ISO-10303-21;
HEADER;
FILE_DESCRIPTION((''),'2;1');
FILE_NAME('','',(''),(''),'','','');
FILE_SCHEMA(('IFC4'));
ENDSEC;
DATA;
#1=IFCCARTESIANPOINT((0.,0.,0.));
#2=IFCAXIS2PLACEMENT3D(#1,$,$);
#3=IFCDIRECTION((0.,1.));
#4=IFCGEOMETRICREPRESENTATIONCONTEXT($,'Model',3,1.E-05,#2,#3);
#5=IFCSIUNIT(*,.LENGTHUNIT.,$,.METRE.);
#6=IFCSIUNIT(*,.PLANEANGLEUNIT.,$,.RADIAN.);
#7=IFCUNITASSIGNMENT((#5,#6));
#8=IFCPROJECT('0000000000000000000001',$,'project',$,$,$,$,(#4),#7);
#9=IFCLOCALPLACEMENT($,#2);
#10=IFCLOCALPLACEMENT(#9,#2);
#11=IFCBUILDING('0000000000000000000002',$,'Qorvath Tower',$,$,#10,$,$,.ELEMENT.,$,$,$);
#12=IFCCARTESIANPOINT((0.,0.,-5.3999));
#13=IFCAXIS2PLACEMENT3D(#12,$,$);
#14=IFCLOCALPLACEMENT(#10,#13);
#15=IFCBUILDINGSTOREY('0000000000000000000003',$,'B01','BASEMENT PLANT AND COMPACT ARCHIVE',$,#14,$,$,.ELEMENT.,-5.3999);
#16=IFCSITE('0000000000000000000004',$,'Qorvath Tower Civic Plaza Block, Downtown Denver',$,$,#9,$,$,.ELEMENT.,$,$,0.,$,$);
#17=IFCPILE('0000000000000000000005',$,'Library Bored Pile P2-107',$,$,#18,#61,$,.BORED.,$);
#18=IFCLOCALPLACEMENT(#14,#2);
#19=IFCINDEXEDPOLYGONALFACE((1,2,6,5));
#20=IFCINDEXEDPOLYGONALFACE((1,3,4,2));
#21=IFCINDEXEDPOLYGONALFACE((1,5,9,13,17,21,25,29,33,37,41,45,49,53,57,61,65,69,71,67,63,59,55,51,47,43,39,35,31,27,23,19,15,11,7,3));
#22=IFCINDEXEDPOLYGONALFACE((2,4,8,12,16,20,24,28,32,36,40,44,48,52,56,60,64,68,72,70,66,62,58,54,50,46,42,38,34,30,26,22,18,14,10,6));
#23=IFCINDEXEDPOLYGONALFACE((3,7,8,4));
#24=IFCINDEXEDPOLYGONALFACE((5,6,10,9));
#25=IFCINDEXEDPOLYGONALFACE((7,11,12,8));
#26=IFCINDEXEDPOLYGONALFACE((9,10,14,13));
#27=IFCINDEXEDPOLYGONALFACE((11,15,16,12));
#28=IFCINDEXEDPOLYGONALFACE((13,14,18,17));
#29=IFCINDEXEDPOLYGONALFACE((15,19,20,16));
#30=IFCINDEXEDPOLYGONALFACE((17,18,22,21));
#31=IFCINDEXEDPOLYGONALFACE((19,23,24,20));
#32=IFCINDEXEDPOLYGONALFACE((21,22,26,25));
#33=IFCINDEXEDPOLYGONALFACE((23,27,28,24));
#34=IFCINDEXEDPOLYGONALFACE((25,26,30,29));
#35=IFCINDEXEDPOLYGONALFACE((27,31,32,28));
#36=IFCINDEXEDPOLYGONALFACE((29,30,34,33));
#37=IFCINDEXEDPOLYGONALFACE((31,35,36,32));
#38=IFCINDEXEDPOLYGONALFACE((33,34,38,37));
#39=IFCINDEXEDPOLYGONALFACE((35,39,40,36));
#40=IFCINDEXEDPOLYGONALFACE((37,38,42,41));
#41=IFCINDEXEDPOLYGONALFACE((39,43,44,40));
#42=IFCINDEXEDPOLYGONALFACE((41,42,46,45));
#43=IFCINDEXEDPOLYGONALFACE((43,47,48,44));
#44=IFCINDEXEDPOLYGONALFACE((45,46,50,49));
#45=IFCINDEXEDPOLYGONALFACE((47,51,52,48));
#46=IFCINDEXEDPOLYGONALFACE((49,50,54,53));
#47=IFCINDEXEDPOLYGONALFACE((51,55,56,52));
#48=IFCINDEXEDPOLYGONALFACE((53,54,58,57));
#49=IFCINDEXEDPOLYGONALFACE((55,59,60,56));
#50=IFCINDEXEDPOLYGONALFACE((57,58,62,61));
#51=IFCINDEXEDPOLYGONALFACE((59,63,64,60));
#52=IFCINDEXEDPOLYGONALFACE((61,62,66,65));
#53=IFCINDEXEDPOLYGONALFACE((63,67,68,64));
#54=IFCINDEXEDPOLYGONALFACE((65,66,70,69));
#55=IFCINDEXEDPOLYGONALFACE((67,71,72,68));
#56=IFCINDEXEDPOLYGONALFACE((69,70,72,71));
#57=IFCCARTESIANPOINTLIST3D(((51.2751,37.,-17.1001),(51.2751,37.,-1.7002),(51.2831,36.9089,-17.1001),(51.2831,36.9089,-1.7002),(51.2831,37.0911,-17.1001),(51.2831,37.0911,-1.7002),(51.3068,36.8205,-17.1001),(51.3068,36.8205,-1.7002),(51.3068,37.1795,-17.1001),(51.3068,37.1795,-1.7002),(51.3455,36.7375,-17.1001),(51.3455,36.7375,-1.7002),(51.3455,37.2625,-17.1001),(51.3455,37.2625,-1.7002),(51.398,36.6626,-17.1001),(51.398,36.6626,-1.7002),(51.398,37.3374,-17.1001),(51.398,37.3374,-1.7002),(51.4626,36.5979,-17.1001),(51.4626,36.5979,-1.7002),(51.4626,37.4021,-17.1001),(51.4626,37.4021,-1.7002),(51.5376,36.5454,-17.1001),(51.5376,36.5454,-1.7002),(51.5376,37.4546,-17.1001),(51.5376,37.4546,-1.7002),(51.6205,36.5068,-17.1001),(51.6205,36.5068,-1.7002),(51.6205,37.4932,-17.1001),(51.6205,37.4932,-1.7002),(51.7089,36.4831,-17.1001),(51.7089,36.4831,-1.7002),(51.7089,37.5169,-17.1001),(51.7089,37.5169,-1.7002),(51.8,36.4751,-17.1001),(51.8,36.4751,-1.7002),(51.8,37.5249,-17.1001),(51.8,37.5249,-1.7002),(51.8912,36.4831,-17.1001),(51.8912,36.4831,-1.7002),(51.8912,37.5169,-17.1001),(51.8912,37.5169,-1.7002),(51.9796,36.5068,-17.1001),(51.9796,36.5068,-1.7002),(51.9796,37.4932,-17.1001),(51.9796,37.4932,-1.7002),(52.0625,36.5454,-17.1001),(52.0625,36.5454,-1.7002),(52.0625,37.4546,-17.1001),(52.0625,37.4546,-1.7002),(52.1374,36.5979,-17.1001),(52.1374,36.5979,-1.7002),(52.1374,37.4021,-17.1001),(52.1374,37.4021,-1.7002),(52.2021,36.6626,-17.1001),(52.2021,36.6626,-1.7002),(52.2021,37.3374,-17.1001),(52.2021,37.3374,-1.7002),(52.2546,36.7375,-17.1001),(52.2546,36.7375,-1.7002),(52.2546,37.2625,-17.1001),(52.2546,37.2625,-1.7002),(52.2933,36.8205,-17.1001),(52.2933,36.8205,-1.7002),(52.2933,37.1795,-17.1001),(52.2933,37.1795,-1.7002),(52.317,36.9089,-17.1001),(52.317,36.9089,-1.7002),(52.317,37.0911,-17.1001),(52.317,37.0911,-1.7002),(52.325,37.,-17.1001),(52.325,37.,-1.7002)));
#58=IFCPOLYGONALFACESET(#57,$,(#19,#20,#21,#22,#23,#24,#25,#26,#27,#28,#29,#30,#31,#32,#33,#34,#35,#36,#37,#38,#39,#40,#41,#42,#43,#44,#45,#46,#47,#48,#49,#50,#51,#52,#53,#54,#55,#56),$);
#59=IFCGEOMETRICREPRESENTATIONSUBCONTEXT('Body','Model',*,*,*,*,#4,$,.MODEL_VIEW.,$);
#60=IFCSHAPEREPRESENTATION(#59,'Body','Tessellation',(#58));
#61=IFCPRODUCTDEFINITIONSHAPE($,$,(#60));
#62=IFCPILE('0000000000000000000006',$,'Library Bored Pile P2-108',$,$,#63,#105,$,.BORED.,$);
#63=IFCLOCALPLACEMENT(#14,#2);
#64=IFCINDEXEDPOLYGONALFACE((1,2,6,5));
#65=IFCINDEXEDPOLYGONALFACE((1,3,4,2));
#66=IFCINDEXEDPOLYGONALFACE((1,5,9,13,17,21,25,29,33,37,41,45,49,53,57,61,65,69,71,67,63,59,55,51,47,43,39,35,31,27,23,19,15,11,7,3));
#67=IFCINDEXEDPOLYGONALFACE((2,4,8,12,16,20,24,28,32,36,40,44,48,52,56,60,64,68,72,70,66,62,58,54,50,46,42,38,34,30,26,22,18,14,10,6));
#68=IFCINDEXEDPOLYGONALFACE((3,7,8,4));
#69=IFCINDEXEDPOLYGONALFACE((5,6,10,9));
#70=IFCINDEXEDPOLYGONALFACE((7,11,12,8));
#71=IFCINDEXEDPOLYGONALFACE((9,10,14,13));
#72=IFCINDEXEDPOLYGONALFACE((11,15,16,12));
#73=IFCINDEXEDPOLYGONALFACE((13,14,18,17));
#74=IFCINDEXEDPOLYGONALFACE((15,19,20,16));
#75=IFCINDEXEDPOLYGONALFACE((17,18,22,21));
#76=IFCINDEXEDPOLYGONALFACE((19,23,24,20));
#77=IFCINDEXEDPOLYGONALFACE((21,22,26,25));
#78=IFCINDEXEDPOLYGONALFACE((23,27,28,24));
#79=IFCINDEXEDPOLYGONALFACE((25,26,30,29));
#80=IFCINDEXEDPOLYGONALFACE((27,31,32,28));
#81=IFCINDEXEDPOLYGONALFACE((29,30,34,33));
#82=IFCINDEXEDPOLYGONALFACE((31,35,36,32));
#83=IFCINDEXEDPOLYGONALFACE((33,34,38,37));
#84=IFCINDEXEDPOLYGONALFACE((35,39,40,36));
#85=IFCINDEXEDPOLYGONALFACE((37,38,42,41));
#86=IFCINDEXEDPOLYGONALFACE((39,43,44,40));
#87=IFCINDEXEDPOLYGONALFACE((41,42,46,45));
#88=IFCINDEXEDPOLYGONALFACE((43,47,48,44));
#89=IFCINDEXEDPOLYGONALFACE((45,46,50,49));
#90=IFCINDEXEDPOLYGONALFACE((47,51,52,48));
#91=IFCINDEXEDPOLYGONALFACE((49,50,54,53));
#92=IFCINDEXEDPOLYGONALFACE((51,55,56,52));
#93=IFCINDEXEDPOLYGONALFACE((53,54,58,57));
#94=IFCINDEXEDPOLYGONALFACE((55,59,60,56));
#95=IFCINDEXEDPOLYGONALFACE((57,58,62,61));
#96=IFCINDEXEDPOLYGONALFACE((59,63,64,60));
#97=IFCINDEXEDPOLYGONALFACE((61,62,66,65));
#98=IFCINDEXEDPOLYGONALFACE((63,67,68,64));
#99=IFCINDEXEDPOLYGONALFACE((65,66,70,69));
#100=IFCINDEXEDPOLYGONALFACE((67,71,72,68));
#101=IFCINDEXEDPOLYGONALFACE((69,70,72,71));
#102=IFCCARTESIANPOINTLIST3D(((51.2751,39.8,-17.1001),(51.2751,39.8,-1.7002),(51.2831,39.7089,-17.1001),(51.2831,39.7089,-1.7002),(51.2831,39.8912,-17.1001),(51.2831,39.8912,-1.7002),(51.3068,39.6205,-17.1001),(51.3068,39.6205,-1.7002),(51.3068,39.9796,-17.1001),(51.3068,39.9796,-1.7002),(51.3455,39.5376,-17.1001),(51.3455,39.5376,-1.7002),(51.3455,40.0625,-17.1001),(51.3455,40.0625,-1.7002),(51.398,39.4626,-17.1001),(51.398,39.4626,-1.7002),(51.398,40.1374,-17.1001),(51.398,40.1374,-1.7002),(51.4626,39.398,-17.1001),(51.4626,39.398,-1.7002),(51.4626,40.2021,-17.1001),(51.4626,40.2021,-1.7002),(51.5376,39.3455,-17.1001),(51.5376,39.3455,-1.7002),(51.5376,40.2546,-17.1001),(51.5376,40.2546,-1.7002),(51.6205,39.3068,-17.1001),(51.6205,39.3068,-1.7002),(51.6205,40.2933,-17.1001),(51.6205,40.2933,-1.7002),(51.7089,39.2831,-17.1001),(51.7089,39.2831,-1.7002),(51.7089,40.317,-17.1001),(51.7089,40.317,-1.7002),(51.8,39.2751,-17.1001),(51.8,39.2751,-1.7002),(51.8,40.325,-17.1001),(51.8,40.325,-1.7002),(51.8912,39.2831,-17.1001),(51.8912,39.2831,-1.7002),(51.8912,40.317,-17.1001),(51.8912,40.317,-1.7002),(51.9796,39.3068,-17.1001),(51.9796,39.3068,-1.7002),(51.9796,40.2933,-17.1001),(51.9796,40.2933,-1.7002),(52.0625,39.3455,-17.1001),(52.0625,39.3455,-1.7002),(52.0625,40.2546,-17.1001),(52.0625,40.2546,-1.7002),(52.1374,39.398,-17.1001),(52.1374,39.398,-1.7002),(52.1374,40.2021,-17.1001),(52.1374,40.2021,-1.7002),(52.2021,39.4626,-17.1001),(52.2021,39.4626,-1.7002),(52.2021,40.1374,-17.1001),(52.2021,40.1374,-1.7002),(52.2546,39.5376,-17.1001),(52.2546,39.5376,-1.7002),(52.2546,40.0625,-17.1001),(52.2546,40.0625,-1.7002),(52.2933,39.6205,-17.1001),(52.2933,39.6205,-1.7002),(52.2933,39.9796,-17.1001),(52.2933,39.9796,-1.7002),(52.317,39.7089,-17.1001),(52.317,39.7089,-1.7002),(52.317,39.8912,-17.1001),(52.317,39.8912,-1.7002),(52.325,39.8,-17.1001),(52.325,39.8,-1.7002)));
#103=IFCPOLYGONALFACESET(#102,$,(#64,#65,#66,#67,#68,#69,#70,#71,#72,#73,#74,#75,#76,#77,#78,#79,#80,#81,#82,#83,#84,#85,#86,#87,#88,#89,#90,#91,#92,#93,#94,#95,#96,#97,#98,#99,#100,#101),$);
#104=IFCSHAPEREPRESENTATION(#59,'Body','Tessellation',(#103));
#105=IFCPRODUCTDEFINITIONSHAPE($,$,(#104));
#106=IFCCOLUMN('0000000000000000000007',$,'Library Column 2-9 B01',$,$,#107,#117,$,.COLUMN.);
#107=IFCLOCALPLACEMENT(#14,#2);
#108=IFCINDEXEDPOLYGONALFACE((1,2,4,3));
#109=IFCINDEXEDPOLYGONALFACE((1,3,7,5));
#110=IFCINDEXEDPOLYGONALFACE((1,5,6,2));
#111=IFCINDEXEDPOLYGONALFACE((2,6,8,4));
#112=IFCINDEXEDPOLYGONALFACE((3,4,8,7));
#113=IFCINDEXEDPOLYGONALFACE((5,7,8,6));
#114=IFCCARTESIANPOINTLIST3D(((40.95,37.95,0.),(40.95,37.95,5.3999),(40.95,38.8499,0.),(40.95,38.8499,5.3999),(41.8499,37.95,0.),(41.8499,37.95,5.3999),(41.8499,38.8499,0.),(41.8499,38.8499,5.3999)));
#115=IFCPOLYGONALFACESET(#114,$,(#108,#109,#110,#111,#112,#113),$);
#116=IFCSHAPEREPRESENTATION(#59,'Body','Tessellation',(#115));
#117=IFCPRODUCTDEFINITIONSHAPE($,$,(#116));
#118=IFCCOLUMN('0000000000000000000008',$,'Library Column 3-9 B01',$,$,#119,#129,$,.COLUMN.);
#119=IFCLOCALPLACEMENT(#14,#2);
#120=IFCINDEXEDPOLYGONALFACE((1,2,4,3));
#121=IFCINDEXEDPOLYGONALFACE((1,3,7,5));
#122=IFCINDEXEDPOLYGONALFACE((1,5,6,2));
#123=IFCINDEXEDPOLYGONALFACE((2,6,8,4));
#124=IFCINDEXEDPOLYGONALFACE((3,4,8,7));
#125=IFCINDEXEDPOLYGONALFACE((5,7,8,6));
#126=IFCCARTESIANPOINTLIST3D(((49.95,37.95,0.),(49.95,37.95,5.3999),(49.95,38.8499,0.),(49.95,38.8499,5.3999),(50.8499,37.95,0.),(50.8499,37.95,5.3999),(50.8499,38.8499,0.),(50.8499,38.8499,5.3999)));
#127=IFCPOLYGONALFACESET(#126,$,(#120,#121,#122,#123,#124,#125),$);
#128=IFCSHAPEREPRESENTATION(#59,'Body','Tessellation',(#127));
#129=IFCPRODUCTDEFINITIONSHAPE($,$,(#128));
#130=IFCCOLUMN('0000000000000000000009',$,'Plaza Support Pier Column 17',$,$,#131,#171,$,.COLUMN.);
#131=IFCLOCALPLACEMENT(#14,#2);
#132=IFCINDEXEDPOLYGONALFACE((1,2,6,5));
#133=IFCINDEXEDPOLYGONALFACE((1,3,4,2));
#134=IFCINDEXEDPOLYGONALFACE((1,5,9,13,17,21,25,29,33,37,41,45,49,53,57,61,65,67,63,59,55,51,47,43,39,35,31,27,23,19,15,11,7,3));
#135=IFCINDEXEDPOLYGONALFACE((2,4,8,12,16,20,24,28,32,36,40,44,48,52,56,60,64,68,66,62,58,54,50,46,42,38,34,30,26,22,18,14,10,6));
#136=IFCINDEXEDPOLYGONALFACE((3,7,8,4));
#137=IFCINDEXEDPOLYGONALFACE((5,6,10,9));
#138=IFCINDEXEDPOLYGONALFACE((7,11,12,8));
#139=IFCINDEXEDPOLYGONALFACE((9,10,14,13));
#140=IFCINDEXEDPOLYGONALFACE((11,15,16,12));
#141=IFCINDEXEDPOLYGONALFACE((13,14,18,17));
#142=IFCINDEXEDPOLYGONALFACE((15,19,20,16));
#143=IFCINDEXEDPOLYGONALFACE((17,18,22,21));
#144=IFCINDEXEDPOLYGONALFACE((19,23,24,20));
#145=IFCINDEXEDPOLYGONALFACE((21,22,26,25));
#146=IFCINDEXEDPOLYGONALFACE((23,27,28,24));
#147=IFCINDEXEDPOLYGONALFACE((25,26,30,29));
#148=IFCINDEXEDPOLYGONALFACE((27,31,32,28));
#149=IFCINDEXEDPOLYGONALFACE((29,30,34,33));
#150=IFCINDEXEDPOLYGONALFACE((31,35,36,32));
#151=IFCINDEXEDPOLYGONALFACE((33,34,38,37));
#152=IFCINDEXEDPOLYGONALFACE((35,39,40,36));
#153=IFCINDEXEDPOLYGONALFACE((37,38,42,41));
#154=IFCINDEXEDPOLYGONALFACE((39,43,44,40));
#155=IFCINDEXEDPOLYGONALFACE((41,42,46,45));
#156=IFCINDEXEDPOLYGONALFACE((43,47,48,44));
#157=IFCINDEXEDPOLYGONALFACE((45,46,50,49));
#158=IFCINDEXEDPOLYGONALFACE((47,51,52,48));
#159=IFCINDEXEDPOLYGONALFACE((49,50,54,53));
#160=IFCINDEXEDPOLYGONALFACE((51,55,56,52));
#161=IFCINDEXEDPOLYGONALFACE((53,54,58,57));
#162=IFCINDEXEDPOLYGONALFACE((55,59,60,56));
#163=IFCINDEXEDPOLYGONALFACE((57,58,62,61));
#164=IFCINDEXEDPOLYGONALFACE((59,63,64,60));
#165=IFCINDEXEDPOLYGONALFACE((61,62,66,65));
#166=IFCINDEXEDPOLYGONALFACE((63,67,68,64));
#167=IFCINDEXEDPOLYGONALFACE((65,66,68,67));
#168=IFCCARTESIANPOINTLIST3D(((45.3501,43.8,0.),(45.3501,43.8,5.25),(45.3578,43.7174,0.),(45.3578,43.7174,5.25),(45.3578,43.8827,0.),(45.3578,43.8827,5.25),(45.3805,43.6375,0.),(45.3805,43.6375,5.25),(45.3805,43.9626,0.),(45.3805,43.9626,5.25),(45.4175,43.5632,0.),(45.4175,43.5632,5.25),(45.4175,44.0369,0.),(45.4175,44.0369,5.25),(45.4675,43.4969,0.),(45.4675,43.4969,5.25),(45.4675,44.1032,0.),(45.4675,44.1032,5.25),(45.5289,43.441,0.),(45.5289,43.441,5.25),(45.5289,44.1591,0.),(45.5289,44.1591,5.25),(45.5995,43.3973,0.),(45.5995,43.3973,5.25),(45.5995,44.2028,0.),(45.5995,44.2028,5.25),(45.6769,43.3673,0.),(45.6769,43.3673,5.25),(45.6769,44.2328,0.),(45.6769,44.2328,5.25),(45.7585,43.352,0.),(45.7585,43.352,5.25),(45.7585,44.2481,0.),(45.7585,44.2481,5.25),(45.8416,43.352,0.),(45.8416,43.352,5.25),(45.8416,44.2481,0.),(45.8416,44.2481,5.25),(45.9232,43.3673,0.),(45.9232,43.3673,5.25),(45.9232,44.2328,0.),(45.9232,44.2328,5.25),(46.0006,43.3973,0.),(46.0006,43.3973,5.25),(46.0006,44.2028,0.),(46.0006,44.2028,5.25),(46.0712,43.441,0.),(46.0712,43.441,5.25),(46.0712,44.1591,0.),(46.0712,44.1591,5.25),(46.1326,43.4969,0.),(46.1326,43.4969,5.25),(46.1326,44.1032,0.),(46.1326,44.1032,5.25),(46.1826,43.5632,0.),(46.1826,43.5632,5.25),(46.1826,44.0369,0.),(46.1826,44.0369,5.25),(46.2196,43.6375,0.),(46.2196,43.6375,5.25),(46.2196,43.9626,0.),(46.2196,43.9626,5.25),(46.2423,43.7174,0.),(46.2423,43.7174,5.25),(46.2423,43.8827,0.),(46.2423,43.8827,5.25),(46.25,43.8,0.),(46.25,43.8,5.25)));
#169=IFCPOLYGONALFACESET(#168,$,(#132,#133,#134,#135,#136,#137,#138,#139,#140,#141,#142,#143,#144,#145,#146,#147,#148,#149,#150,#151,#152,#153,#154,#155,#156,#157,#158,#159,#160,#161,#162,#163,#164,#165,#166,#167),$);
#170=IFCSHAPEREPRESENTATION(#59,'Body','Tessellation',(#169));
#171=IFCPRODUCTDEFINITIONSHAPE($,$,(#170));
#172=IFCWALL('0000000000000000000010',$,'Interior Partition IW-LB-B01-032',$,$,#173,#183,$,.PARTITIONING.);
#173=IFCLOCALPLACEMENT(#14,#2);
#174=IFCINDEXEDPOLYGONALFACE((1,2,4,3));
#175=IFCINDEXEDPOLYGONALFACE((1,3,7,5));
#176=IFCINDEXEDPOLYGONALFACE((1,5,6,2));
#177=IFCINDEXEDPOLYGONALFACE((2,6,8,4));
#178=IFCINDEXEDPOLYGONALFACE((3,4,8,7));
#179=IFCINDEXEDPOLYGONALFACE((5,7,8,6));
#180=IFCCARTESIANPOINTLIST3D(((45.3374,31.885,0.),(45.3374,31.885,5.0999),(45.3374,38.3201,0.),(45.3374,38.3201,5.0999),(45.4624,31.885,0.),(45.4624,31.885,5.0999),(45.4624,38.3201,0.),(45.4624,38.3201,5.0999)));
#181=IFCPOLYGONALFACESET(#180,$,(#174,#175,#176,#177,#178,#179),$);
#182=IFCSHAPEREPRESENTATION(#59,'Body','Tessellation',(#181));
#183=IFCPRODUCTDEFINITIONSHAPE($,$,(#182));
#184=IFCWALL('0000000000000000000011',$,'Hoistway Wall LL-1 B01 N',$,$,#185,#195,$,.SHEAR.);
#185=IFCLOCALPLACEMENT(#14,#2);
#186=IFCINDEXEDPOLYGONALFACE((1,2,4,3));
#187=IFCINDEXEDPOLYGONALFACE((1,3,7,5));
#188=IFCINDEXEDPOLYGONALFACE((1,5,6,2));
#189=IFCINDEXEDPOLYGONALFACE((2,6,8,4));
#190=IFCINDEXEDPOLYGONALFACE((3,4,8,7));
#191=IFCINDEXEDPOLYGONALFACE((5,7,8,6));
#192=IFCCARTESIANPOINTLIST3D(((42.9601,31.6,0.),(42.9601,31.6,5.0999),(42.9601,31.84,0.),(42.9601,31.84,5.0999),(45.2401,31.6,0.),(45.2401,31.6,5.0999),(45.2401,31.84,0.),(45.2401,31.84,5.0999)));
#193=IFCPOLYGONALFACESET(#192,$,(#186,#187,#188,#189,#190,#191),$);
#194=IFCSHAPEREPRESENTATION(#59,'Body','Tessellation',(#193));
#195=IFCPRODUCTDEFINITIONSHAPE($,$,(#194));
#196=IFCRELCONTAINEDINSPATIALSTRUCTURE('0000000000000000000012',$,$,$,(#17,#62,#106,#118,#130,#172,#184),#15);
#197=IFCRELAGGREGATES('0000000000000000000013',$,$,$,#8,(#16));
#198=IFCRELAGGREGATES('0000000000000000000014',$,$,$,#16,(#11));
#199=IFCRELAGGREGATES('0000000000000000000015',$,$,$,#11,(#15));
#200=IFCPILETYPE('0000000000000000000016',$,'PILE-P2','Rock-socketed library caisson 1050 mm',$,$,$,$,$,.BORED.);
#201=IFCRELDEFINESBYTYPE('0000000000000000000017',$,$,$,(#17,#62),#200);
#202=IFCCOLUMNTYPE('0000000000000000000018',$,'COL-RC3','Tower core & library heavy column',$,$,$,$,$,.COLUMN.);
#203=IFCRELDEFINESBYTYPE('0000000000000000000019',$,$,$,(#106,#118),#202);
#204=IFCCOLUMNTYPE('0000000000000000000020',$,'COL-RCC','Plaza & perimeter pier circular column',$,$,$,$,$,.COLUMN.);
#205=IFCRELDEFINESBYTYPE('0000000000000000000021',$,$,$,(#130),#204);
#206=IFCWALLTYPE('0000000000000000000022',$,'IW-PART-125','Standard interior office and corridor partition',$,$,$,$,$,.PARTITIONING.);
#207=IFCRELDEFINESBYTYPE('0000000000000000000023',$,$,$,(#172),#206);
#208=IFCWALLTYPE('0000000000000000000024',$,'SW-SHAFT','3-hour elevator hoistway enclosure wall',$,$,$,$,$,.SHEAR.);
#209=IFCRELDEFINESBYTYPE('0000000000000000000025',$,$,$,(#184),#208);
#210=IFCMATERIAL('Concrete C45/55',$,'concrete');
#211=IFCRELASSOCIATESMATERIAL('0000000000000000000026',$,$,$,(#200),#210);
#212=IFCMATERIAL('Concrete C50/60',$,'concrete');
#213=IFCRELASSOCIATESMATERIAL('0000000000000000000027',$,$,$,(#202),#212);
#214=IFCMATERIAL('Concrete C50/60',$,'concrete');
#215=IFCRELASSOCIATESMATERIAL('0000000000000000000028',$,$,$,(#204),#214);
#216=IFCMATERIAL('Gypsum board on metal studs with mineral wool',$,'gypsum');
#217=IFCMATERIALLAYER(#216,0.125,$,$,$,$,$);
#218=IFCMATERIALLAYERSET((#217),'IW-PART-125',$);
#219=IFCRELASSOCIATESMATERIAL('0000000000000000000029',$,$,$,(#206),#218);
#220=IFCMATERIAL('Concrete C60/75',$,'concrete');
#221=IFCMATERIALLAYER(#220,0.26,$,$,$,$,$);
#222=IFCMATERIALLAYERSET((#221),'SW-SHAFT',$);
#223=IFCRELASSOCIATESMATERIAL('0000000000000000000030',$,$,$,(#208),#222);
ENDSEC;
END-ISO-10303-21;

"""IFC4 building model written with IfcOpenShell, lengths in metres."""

from ifc_helpers import new_model, si_unit, direction, frame, frame_2d, origin, origin_2d, place, context, subcontext, project, spatial, rectangle, circle, extrude, material, layer, layer_set, material_profile, profile_set, type_object, element, save


model = new_model("IFC4")

# Units and contexts
model_context = context("Model", 3, precision=1e-05, world=origin(), true_north=direction((0.0, 1.0)))
body_context = subcontext(model_context, "Body", "Model", "MODEL_VIEW")
ifc_project = project(units=[si_unit("LENGTHUNIT", "METRE"), si_unit("PLANEANGLEUNIT", "RADIAN")], contexts=[model_context])

# Site, building, storey
site_placement = place(None, origin())
site = spatial("IfcSite", under=ifc_project, at=site_placement, Name="Qorvath Tower Civic Plaza Block, Downtown Denver", CompositionType="ELEMENT", RefElevation=0.0)
building_placement = place(site_placement, origin())
building = spatial("IfcBuilding", under=site, at=building_placement, Name="Qorvath Tower", CompositionType="ELEMENT")
storey_placement = place(building_placement, frame((0.0, 0.0, -5.3999)))
storey = spatial("IfcBuildingStorey", under=building, at=storey_placement, Name="B01", Description="BASEMENT PLANT AND COMPACT ARCHIVE", CompositionType="ELEMENT", Elevation=-5.3999)

# Piles
ifc_material_1 = material(Name="Concrete C45/55", Category="concrete")
ifc_material_profile_1 = material_profile(ifc_material_1, circle(Radius=0.5249, at=origin_2d()), Name="BORED PILE 1050")
ifc_profile_set_1 = profile_set([ifc_material_profile_1], Name="Concrete C45/55")
pile_type = type_object("IfcPileType", Name="PILE-P2", Description="Rock-socketed library caisson 1050 mm", PredefinedType="BORED", material=ifc_profile_set_1)
for number, where, z_axis, x_axis, name in (
    (1, (51.8, 37.0, -1.7002), (0.0, 0.0, -1.0), (1.0, 0.0, 0.0), "Library Bored Pile P2-107"),
    (2, (51.8, 39.8, -1.7002), (0.0, 0.0, -1.0), (1.0, 0.0, 0.0), "Library Bored Pile P2-108"),
):
    element("IfcPile", number, at=place(storey_placement, frame(where, z_axis=z_axis, x_axis=x_axis)), inside=storey, type_object=pile_type, Name=name, PredefinedType="BORED", context=body_context, shape_type="SweptSolid", body=[
        extrude(circle(Radius=0.5249, at=origin_2d()), origin(), (0.0, 0.0, 1.0), 15.3999),
    ])

# Columns
ifc_material_2 = material(Name="Concrete C50/60", Category="concrete")
ifc_material_profile_2 = material_profile(ifc_material_2, rectangle(XDim=0.8999, YDim=0.8999, at=origin_2d()), Name="RC 900x900")
ifc_profile_set_2 = profile_set([ifc_material_profile_2], Name="Concrete C50/60")
column_type_1 = type_object("IfcColumnType", Name="COL-RC3", Description="Tower core & library heavy column", PredefinedType="COLUMN", material=ifc_profile_set_2)
for number, where, z_axis, x_axis, name in (
    (3, (41.3999, 38.3999, 0.0), (0.0, 0.0, 1.0), (1.0, 0.0, 0.0), "Library Column 2-9 B01"),
    (4, (50.3999, 38.3999, 0.0), (0.0, 0.0, 1.0), (1.0, 0.0, 0.0), "Library Column 3-9 B01"),
):
    element("IfcColumn", number, at=place(storey_placement, frame(where, z_axis=z_axis, x_axis=x_axis)), inside=storey, type_object=column_type_1, Name=name, PredefinedType="COLUMN", context=body_context, shape_type="SweptSolid", body=[
        extrude(rectangle(XDim=0.8999, YDim=0.8999, at=origin_2d()), origin(), (0.0, 0.0, 1.0), 5.3999),
    ])
ifc_material_3 = material(Name="Concrete C50/60", Category="concrete")
ifc_material_profile_3 = material_profile(ifc_material_3, circle(Radius=0.45, at=origin_2d()), Name="RCC 900")
ifc_profile_set_3 = profile_set([ifc_material_profile_3], Name="Concrete C50/60")
column_type_2 = type_object("IfcColumnType", Name="COL-RCC", Description="Plaza & perimeter pier circular column", PredefinedType="COLUMN", material=ifc_profile_set_3)
column_placement = place(storey_placement, frame((45.8, 43.8, 0.0), z_axis=(0.0, 0.0, 1.0), x_axis=(1.0, 0.0, 0.0)))
element("IfcColumn", 5, at=column_placement, inside=storey, type_object=column_type_2, Name="Plaza Support Pier Column 17", PredefinedType="COLUMN", context=body_context, shape_type="SweptSolid", body=[
    extrude(circle(Radius=0.45, at=origin_2d()), origin(), (0.0, 0.0, 1.0), 5.25),
])

# Walls
ifc_material_4 = material(Name="Gypsum board on metal studs with mineral wool", Category="gypsum")
ifc_layer_1 = layer(ifc_material_4, 0.125)
ifc_layer_set_1 = layer_set([ifc_layer_1], Name="IW-PART-125")
wall_type_1 = type_object("IfcWallType", Name="IW-PART-125", Description="Standard interior office and corridor partition", PredefinedType="PARTITIONING", material=ifc_layer_set_1)
wall_1_placement = place(storey_placement, frame((45.3999, 38.3201, 0.0), z_axis=(0.0, 0.0, 1.0), x_axis=(0.0, -1.0, 0.0)))
element("IfcWall", 6, at=wall_1_placement, inside=storey, type_object=wall_type_1, Name="Interior Partition IW-LB-B01-032", PredefinedType="PARTITIONING", context=body_context, shape_type="SweptSolid", body=[
    extrude(rectangle(XDim=6.4351, YDim=0.125, at=frame_2d((3.2175, 0.0))), origin(), (0.0, 0.0, 1.0), 5.0999),
])
ifc_material_5 = material(Name="Concrete C60/75", Category="concrete")
ifc_layer_2 = layer(ifc_material_5, 0.26)
ifc_layer_set_2 = layer_set([ifc_layer_2], Name="SW-SHAFT")
wall_type_2 = type_object("IfcWallType", Name="SW-SHAFT", Description="3-hour elevator hoistway enclosure wall", PredefinedType="SHEAR", material=ifc_layer_set_2)
wall_2_placement = place(storey_placement, frame((42.96, 31.72, 0.0), z_axis=(0.0, 0.0, 1.0), x_axis=(1.0, 0.0, 0.0)))
element("IfcWall", 7, at=wall_2_placement, inside=storey, type_object=wall_type_2, Name="Hoistway Wall LL-1 B01 N", PredefinedType="SHEAR", context=body_context, shape_type="SweptSolid", body=[
    extrude(rectangle(XDim=2.28, YDim=0.24, at=frame_2d((1.1401, 0.0))), origin(), (0.0, 0.0, 1.0), 5.0999),
])

save(model, "model.ifc")
